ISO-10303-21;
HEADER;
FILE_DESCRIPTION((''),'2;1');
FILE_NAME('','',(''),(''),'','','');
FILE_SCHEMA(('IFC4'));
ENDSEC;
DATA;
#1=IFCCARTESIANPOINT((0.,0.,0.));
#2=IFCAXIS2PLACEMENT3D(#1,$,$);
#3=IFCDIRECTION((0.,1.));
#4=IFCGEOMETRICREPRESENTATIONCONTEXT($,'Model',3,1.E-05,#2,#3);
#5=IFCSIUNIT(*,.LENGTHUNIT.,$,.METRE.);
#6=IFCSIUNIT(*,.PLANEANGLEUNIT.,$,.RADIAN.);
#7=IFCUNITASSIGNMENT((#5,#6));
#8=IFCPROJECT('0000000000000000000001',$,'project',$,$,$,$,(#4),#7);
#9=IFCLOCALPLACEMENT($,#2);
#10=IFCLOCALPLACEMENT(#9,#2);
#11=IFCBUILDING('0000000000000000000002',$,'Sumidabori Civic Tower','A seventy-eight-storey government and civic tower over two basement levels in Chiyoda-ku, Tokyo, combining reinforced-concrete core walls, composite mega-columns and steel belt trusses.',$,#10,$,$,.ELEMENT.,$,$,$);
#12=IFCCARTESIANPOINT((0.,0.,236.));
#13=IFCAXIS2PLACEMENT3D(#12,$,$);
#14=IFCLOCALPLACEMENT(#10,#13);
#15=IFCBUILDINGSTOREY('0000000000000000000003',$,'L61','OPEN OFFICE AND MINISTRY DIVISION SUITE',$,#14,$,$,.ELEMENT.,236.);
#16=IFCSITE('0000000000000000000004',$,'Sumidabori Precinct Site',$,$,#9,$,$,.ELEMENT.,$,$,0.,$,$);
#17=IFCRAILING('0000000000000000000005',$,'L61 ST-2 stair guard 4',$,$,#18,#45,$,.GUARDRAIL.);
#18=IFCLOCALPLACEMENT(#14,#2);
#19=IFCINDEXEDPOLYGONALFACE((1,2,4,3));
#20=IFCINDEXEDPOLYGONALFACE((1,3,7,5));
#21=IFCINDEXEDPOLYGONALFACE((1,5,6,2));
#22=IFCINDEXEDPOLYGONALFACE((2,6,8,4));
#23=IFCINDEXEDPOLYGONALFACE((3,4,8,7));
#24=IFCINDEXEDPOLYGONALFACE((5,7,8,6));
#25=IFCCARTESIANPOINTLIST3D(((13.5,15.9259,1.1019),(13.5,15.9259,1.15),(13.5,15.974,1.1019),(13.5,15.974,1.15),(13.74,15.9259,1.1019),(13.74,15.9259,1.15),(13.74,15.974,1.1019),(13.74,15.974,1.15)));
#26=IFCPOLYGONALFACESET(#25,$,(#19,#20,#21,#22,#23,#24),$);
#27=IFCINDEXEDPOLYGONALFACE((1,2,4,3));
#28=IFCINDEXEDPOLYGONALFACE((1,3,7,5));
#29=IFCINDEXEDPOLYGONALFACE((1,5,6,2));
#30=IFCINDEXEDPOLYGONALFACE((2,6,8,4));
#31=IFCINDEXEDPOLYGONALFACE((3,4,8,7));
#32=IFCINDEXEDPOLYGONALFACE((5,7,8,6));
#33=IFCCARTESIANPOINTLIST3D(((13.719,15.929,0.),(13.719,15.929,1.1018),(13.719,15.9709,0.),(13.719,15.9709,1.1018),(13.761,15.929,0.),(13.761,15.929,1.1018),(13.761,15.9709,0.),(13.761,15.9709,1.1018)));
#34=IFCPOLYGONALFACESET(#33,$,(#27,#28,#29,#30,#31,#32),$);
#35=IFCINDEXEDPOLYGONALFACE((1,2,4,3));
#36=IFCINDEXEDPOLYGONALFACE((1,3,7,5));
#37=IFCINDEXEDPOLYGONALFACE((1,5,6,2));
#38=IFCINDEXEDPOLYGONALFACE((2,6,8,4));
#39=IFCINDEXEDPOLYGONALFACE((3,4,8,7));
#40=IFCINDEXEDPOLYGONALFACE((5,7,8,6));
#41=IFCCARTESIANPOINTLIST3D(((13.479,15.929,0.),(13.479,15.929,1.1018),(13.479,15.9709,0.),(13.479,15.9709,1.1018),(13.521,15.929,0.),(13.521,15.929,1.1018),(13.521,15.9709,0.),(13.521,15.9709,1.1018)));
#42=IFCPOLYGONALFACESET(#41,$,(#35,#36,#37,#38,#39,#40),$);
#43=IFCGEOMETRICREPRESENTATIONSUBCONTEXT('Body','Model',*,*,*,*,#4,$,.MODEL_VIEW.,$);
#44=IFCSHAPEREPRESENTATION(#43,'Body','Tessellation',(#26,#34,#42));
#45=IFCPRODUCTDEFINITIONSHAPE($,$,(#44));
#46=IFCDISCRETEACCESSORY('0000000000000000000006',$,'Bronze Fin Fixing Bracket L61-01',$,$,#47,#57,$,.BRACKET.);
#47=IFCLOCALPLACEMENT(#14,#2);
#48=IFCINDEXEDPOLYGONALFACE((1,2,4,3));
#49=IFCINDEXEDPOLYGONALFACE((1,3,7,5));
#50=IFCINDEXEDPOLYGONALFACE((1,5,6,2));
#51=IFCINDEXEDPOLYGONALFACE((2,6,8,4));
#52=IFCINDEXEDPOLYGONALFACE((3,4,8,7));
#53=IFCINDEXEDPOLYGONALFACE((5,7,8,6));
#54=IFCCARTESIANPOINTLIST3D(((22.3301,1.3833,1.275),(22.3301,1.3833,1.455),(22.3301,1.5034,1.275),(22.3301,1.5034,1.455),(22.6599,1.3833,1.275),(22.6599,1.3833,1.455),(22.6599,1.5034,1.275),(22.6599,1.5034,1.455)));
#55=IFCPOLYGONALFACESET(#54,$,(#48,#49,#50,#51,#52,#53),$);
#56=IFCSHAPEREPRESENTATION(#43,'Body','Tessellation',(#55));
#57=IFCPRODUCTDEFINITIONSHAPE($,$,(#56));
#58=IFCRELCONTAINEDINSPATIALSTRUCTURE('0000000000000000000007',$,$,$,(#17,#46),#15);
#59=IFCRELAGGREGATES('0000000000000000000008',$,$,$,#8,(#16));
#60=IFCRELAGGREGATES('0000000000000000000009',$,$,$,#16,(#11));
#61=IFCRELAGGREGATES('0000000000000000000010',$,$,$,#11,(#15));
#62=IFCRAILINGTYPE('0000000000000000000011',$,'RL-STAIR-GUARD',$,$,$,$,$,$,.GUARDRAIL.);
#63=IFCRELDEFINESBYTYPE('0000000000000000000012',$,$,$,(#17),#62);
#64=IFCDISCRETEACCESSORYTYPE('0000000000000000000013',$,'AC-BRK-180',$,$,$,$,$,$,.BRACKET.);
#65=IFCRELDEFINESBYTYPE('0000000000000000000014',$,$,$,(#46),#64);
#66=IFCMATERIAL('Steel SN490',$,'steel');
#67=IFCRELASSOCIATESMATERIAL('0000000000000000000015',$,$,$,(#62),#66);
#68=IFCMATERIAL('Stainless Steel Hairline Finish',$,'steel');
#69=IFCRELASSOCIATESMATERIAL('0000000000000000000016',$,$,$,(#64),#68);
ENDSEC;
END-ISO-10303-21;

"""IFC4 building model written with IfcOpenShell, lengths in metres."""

from ifc_helpers import new_model, si_unit, direction, frame, origin, origin_2d, place, context, subcontext, project, spatial, rectangle, extrude, source, transform, mapped, material, material_profile, profile_set, type_object, element, save


model = new_model("IFC4")

# Units and contexts
model_context = context("Model", 3, precision=1e-05, world=origin(), true_north=direction((0.0, 1.0)))
body_context = subcontext(model_context, "Body", "Model", "MODEL_VIEW")
ifc_project = project(units=[si_unit("LENGTHUNIT", "METRE"), si_unit("PLANEANGLEUNIT", "RADIAN")], contexts=[model_context])

# Site, building, storey
site_placement = place(None, origin())
site = spatial("IfcSite", under=ifc_project, at=site_placement, Name="Sumidabori Precinct Site", CompositionType="ELEMENT", RefElevation=0.0)
building_placement = place(site_placement, origin())
building = spatial("IfcBuilding", under=site, at=building_placement, Name="Sumidabori Civic Tower", Description="A seventy-eight-storey government and civic tower over two basement levels in Chiyoda-ku, Tokyo, combining reinforced-concrete core walls, composite mega-columns and steel belt trusses.", CompositionType="ELEMENT")
storey_placement = place(building_placement, frame((0.0, 0.0, 236.0)))
storey = spatial("IfcBuildingStorey", under=building, at=storey_placement, Name="L61", Description="OPEN OFFICE AND MINISTRY DIVISION SUITE", CompositionType="ELEMENT", Elevation=236.0)

# Shared definitions
ifc_material_1 = material(Name="Steel SN490", Category="steel")

# Shared definitions
ifc_material_2 = material(Name="Stainless Steel Hairline Finish", Category="steel")

# Railing
railing_type_1 = type_object("IfcRailingType", Name="RL-STAIR-GUARD", PredefinedType="GUARDRAIL", material=ifc_material_1)
railing_1_placement = place(storey_placement, frame((13.74, 15.95, 0.0)))
element("IfcRailing", 1, at=railing_1_placement, inside=storey, type_object=railing_type_1, Name="L61 ST-2 stair guard 4", PredefinedType="GUARDRAIL", context=body_context, shape_type="SweptSolid", body=[
    extrude(rectangle(XDim=0.0481, YDim=0.0481, at=origin_2d()), frame((0.0, 0.0, 1.126), z_axis=(-1.0, 0.0, 0.0), x_axis=(0.0, -1.0, 0.0)), (0.0, 0.0, 1.0), 0.24),
    extrude(rectangle(XDim=0.042, YDim=0.042, at=origin_2d()), origin(), (0.0, 0.0, 1.0), 1.1018),
    extrude(rectangle(XDim=0.042, YDim=0.042, at=origin_2d()), frame((-0.24, 0.0, 0.0)), (0.0, 0.0, 1.0), 1.1018),
])

# Discrete accessory
ifc_material_profile_1 = material_profile(ifc_material_2, rectangle(XDim=0.1201, YDim=0.1799, at=origin_2d()), Name="STEEL BRACKET 180x120")
ifc_profile_set_1 = profile_set([ifc_material_profile_1], Name="Stainless Steel Hairline Finish")
discrete_accessory_type = type_object("IfcDiscreteAccessoryType", Name="AC-BRK-180", PredefinedType="BRACKET", material=ifc_profile_set_1)
shared_shape_1 = source(origin(), body_context, "Body", "SweptSolid", [
    extrude(rectangle(XDim=0.1201, YDim=0.1799, at=origin_2d()), origin(), (0.0, 0.0, 1.0), 0.3298),
])
discrete_accessory_placement = place(storey_placement, frame((22.3301, 1.4434, 1.365), z_axis=(1.0, 0.0, 0.0), x_axis=(0.0, 1.0, 0.0)))
element("IfcDiscreteAccessory", 2, at=discrete_accessory_placement, inside=storey, type_object=discrete_accessory_type, Name="Bronze Fin Fixing Bracket L61-01", PredefinedType="BRACKET", context=body_context, shape_type="MappedRepresentation", body=[
    mapped(shared_shape_1, transform((0.0, 0.0, 0.0), x_axis=(1.0, 0.0, 0.0), y_axis=(0.0, 1.0, 0.0), z_axis=(0.0, 0.0, 1.0), scale=1.0)),
])

save(model, "model.ifc")
